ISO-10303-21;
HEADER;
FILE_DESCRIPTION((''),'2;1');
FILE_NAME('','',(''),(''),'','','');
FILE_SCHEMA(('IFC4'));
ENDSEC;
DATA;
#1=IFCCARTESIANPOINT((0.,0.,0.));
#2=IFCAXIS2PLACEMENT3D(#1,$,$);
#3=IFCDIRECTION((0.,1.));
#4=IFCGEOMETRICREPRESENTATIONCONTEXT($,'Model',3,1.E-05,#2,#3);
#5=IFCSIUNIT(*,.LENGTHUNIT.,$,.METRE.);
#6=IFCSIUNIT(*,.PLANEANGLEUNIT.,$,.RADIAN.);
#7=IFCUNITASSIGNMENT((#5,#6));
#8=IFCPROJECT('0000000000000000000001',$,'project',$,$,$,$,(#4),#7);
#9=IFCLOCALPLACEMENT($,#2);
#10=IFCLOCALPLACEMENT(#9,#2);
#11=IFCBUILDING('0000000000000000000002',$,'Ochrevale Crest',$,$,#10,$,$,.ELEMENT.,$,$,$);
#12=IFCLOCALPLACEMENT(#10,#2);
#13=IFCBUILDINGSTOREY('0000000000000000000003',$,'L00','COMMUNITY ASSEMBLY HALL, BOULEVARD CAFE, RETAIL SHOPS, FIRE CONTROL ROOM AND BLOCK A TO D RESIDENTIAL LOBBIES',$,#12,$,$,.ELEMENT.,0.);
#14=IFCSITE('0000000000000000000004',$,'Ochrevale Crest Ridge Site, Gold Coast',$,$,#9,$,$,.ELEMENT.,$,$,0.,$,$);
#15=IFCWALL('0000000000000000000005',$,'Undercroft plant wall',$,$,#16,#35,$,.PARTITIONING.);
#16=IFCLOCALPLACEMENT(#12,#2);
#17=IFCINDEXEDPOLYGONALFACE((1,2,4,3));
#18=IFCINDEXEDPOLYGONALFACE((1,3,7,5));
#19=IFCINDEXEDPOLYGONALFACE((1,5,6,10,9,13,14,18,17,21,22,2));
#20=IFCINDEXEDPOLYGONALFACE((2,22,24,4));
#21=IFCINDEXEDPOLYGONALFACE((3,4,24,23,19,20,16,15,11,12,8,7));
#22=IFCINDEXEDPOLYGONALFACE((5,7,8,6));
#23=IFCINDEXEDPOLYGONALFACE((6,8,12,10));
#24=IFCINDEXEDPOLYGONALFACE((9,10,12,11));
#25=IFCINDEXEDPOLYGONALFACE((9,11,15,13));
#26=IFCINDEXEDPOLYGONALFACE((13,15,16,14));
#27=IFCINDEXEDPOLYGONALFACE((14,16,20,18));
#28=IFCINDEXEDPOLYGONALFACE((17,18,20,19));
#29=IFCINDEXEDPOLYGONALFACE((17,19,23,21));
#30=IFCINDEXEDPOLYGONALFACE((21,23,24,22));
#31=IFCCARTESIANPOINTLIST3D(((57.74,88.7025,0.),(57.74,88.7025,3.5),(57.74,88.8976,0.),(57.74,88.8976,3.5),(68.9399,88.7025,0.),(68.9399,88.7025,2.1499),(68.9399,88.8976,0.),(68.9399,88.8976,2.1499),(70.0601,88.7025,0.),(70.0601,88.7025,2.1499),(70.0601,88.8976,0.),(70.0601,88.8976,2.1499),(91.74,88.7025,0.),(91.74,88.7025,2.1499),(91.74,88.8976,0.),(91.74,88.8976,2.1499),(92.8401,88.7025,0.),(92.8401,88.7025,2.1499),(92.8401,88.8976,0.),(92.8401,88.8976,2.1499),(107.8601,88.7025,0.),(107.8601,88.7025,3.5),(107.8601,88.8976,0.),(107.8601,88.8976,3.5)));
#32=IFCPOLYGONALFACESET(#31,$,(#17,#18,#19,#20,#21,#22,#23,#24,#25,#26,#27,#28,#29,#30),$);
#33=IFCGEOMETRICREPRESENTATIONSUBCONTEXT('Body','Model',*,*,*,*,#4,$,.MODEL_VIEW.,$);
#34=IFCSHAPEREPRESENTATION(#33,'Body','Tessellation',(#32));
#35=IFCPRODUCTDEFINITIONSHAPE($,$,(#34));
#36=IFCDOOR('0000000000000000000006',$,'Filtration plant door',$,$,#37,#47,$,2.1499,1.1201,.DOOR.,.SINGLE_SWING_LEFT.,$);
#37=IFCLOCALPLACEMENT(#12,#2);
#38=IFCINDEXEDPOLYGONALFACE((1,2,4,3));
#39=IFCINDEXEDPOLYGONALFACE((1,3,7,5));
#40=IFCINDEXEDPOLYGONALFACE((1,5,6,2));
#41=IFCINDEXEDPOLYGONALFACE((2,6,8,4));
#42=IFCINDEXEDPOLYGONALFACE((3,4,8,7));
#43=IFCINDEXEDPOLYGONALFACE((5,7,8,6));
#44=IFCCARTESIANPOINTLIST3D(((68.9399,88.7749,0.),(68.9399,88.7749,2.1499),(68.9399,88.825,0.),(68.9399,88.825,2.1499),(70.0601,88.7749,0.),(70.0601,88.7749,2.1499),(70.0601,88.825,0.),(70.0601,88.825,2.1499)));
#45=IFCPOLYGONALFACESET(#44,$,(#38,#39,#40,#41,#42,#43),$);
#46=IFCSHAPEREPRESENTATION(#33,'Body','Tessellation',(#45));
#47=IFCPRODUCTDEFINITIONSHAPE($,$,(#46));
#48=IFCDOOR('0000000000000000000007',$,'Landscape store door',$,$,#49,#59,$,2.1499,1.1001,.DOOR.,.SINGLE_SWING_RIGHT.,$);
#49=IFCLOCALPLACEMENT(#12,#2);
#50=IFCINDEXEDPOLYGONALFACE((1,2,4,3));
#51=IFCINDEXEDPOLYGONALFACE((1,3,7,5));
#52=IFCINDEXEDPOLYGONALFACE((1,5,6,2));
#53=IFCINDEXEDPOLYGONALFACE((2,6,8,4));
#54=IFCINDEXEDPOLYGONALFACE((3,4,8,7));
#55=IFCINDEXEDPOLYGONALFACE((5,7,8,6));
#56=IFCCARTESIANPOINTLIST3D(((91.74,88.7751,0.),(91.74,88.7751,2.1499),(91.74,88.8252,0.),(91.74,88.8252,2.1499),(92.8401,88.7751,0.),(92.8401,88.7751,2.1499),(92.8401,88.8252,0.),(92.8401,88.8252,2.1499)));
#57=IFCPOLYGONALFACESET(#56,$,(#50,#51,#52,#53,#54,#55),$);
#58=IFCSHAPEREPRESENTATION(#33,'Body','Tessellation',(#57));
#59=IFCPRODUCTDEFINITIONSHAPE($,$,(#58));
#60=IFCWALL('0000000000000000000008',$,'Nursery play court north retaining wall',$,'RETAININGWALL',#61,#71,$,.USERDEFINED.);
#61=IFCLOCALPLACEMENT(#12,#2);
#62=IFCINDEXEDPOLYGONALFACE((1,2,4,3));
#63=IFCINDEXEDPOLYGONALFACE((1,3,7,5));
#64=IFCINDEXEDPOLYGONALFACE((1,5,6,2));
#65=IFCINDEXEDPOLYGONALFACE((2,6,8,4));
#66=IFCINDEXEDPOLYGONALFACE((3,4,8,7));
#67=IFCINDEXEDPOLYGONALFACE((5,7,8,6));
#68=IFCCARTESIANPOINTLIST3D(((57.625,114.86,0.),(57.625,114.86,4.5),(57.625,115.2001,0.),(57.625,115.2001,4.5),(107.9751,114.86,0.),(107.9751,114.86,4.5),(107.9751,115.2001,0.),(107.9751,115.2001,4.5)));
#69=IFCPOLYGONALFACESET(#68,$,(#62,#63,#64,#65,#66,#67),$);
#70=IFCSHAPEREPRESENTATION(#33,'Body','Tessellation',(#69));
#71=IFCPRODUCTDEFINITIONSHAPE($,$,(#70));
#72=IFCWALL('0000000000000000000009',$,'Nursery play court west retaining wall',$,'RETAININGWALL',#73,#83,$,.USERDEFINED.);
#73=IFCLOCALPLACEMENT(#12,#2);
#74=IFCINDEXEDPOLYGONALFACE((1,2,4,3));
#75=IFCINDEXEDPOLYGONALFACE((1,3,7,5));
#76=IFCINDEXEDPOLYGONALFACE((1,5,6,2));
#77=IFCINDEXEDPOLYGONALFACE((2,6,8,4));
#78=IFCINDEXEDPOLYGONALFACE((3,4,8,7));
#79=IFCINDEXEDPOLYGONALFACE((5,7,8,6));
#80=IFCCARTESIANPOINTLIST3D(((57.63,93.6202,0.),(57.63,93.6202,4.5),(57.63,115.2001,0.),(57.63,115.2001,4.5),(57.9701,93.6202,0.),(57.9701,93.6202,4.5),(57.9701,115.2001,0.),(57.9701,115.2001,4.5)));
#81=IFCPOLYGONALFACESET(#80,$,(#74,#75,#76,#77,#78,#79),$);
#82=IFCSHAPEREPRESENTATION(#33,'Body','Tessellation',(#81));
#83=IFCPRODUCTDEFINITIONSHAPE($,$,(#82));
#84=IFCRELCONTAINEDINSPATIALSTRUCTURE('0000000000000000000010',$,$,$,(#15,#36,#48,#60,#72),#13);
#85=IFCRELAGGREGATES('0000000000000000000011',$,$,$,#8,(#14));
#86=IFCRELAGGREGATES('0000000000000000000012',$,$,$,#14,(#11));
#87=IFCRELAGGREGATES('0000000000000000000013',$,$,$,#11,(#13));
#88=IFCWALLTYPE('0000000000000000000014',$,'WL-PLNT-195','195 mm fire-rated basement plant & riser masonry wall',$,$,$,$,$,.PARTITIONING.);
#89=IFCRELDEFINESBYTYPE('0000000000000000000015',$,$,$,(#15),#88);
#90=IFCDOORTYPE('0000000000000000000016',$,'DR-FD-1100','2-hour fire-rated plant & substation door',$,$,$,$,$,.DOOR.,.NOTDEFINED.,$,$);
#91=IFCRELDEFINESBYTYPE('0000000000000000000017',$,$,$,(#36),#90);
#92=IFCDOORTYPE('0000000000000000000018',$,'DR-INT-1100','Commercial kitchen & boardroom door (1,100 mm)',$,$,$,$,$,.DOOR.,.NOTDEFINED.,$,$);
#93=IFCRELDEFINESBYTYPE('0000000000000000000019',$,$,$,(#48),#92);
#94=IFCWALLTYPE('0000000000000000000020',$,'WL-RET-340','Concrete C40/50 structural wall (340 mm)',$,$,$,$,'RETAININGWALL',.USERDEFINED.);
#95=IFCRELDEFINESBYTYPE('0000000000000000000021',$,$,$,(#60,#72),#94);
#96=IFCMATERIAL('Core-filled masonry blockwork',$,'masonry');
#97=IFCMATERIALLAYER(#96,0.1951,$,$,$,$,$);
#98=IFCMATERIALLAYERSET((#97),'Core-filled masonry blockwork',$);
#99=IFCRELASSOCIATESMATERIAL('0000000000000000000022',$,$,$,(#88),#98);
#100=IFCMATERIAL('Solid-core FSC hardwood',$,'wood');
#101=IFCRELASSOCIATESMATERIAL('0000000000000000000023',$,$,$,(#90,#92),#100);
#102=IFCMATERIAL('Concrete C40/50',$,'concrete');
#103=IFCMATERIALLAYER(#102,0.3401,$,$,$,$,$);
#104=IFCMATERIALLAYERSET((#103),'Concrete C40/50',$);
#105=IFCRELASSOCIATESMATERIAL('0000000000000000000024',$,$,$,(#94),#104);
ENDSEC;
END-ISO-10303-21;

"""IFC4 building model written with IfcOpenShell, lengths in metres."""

from ifc_helpers import new_model, si_unit, direction, frame, frame_2d, origin, place, context, subcontext, project, spatial, rectangle, extrude, material, layer, layer_set, type_object, element, fill, save


model = new_model("IFC4")

# Units and contexts
model_context = context("Model", 3, precision=1e-05, world=origin(), true_north=direction((0.0, 1.0)))
body_context = subcontext(model_context, "Body", "Model", "MODEL_VIEW")
ifc_project = project(units=[si_unit("LENGTHUNIT", "METRE"), si_unit("PLANEANGLEUNIT", "RADIAN")], contexts=[model_context])

# Site, building, storey
site_placement = place(None, origin())
site = spatial("IfcSite", under=ifc_project, at=site_placement, Name="Ochrevale Crest Ridge Site, Gold Coast", CompositionType="ELEMENT", RefElevation=0.0)
building_placement = place(site_placement, origin())
building = spatial("IfcBuilding", under=site, at=building_placement, Name="Ochrevale Crest", CompositionType="ELEMENT")
storey_placement = place(building_placement, origin())
storey = spatial("IfcBuildingStorey", under=building, at=storey_placement, Name="L00", Description="COMMUNITY ASSEMBLY HALL, BOULEVARD CAFE, RETAIL SHOPS, FIRE CONTROL ROOM AND BLOCK A TO D RESIDENTIAL LOBBIES", CompositionType="ELEMENT", Elevation=0.0)

# Shared definitions
ifc_material_1 = material(Name="Solid-core FSC hardwood", Category="wood")

# Wall, openings, doors
ifc_material_2 = material(Name="Core-filled masonry blockwork", Category="masonry")
ifc_layer_1 = layer(ifc_material_2, 0.1951)
ifc_layer_set_1 = layer_set([ifc_layer_1], Name="Core-filled masonry blockwork")
wall_type_1 = type_object("IfcWallType", Name="WL-PLNT-195", Description="195 mm fire-rated basement plant & riser masonry wall", PredefinedType="PARTITIONING", material=ifc_layer_set_1)
wall_1_placement = place(storey_placement, frame((57.74, 88.8, 0.0), z_axis=(0.0, 0.0, 1.0), x_axis=(1.0, 0.0, 0.0)))
wall_1 = element("IfcWall", 1, at=wall_1_placement, inside=storey, type_object=wall_type_1, Name="Undercroft plant wall", PredefinedType="PARTITIONING", context=body_context, shape_type="SweptSolid", body=[
    extrude(rectangle(XDim=50.1201, YDim=0.1951, at=frame_2d((25.0601, 0.0))), origin(), (0.0, 0.0, 1.0), 3.5),
])
opening_1_placement = place(wall_1_placement, frame((11.2, 0.0, 0.0)))
opening_1 = element("IfcOpeningElement", 2, at=opening_1_placement, cuts=wall_1, PredefinedType="OPENING", context=body_context, shape_type="SweptSolid", body=[
    extrude(rectangle(XDim=1.1201, YDim=2.1499, at=frame_2d((0.5601, 1.075))), frame((0.0, 0.1074, 0.0), z_axis=(0.0, -1.0, 0.0), x_axis=(1.0, 0.0, 0.0)), (0.0, 0.0, 1.0), 0.2151),
])
opening_2_placement = place(wall_1_placement, frame((35.1001, 0.0, 0.0), z_axis=(0.0, 0.0, 1.0), x_axis=(-1.0, 0.0, 0.0)))
opening_2 = element("IfcOpeningElement", 3, at=opening_2_placement, cuts=wall_1, PredefinedType="OPENING", context=body_context, shape_type="SweptSolid", body=[
    extrude(rectangle(XDim=1.1001, YDim=2.1499, at=frame_2d((0.55, 1.075))), frame((0.0, 0.1074, 0.0), z_axis=(0.0, -1.0, 0.0), x_axis=(1.0, 0.0, 0.0)), (0.0, 0.0, 1.0), 0.2151),
])
door_type_1 = type_object("IfcDoorType", Name="DR-FD-1100", Description="2-hour fire-rated plant & substation door", OperationType="NOTDEFINED", PredefinedType="DOOR", material=ifc_material_1)
door_1_placement = place(opening_1_placement, origin())
door_1 = element("IfcDoor", 4, at=door_1_placement, inside=storey, type_object=door_type_1, Name="Filtration plant door", OperationType="SINGLE_SWING_LEFT", OverallHeight=2.1499, OverallWidth=1.1201, PredefinedType="DOOR", context=body_context, shape_type="SweptSolid", body=[
    extrude(rectangle(XDim=1.1201, YDim=2.1499, at=frame_2d((0.5601, 1.075))), frame((0.0, 0.0249, 0.0), z_axis=(0.0, -1.0, 0.0), x_axis=(1.0, 0.0, 0.0)), (0.0, 0.0, 1.0), 0.05),
])
fill(opening_1, door_1)
door_type_2 = type_object("IfcDoorType", Name="DR-INT-1100", Description="Commercial kitchen & boardroom door (1,100 mm)", OperationType="NOTDEFINED", PredefinedType="DOOR", material=ifc_material_1)
door_2_placement = place(opening_2_placement, origin())
door_2 = element("IfcDoor", 5, at=door_2_placement, inside=storey, type_object=door_type_2, Name="Landscape store door", OperationType="SINGLE_SWING_RIGHT", OverallHeight=2.1499, OverallWidth=1.1001, PredefinedType="DOOR", context=body_context, shape_type="SweptSolid", body=[
    extrude(rectangle(XDim=1.1001, YDim=2.1499, at=frame_2d((0.55, 1.075))), frame((0.0, 0.0249, 0.0), z_axis=(0.0, -1.0, 0.0), x_axis=(1.0, 0.0, 0.0)), (0.0, 0.0, 1.0), 0.05),
])
fill(opening_2, door_2)

# Walls
ifc_material_3 = material(Name="Concrete C40/50", Category="concrete")
ifc_layer_2 = layer(ifc_material_3, 0.3401)
ifc_layer_set_2 = layer_set([ifc_layer_2], Name="Concrete C40/50")
wall_type_2 = type_object("IfcWallType", Name="WL-RET-340", Description="Concrete C40/50 structural wall (340 mm)", ElementType="RETAININGWALL", PredefinedType="USERDEFINED", material=ifc_layer_set_2)
wall_2_placement = place(storey_placement, frame((57.625, 115.03, 0.0), z_axis=(0.0, 0.0, 1.0), x_axis=(1.0, 0.0, 0.0)))
element("IfcWall", 6, at=wall_2_placement, inside=storey, type_object=wall_type_2, Name="Nursery play court north retaining wall", ObjectType="RETAININGWALL", PredefinedType="USERDEFINED", context=body_context, shape_type="SweptSolid", body=[
    extrude(rectangle(XDim=50.3501, YDim=0.3401, at=frame_2d((25.175, 0.0))), origin(), (0.0, 0.0, 1.0), 4.5),
])
wall_3_placement = place(storey_placement, frame((57.8, 93.6201, 0.0), z_axis=(0.0, 0.0, 1.0), x_axis=(0.0, 1.0, 0.0)))
element("IfcWall", 7, at=wall_3_placement, inside=storey, type_object=wall_type_2, Name="Nursery play court west retaining wall", ObjectType="RETAININGWALL", PredefinedType="USERDEFINED", context=body_context, shape_type="SweptSolid", body=[
    extrude(rectangle(XDim=21.5798, YDim=0.3401, at=frame_2d((10.79, 0.0))), origin(), (0.0, 0.0, 1.0), 4.5),
])

save(model, "model.ifc")
